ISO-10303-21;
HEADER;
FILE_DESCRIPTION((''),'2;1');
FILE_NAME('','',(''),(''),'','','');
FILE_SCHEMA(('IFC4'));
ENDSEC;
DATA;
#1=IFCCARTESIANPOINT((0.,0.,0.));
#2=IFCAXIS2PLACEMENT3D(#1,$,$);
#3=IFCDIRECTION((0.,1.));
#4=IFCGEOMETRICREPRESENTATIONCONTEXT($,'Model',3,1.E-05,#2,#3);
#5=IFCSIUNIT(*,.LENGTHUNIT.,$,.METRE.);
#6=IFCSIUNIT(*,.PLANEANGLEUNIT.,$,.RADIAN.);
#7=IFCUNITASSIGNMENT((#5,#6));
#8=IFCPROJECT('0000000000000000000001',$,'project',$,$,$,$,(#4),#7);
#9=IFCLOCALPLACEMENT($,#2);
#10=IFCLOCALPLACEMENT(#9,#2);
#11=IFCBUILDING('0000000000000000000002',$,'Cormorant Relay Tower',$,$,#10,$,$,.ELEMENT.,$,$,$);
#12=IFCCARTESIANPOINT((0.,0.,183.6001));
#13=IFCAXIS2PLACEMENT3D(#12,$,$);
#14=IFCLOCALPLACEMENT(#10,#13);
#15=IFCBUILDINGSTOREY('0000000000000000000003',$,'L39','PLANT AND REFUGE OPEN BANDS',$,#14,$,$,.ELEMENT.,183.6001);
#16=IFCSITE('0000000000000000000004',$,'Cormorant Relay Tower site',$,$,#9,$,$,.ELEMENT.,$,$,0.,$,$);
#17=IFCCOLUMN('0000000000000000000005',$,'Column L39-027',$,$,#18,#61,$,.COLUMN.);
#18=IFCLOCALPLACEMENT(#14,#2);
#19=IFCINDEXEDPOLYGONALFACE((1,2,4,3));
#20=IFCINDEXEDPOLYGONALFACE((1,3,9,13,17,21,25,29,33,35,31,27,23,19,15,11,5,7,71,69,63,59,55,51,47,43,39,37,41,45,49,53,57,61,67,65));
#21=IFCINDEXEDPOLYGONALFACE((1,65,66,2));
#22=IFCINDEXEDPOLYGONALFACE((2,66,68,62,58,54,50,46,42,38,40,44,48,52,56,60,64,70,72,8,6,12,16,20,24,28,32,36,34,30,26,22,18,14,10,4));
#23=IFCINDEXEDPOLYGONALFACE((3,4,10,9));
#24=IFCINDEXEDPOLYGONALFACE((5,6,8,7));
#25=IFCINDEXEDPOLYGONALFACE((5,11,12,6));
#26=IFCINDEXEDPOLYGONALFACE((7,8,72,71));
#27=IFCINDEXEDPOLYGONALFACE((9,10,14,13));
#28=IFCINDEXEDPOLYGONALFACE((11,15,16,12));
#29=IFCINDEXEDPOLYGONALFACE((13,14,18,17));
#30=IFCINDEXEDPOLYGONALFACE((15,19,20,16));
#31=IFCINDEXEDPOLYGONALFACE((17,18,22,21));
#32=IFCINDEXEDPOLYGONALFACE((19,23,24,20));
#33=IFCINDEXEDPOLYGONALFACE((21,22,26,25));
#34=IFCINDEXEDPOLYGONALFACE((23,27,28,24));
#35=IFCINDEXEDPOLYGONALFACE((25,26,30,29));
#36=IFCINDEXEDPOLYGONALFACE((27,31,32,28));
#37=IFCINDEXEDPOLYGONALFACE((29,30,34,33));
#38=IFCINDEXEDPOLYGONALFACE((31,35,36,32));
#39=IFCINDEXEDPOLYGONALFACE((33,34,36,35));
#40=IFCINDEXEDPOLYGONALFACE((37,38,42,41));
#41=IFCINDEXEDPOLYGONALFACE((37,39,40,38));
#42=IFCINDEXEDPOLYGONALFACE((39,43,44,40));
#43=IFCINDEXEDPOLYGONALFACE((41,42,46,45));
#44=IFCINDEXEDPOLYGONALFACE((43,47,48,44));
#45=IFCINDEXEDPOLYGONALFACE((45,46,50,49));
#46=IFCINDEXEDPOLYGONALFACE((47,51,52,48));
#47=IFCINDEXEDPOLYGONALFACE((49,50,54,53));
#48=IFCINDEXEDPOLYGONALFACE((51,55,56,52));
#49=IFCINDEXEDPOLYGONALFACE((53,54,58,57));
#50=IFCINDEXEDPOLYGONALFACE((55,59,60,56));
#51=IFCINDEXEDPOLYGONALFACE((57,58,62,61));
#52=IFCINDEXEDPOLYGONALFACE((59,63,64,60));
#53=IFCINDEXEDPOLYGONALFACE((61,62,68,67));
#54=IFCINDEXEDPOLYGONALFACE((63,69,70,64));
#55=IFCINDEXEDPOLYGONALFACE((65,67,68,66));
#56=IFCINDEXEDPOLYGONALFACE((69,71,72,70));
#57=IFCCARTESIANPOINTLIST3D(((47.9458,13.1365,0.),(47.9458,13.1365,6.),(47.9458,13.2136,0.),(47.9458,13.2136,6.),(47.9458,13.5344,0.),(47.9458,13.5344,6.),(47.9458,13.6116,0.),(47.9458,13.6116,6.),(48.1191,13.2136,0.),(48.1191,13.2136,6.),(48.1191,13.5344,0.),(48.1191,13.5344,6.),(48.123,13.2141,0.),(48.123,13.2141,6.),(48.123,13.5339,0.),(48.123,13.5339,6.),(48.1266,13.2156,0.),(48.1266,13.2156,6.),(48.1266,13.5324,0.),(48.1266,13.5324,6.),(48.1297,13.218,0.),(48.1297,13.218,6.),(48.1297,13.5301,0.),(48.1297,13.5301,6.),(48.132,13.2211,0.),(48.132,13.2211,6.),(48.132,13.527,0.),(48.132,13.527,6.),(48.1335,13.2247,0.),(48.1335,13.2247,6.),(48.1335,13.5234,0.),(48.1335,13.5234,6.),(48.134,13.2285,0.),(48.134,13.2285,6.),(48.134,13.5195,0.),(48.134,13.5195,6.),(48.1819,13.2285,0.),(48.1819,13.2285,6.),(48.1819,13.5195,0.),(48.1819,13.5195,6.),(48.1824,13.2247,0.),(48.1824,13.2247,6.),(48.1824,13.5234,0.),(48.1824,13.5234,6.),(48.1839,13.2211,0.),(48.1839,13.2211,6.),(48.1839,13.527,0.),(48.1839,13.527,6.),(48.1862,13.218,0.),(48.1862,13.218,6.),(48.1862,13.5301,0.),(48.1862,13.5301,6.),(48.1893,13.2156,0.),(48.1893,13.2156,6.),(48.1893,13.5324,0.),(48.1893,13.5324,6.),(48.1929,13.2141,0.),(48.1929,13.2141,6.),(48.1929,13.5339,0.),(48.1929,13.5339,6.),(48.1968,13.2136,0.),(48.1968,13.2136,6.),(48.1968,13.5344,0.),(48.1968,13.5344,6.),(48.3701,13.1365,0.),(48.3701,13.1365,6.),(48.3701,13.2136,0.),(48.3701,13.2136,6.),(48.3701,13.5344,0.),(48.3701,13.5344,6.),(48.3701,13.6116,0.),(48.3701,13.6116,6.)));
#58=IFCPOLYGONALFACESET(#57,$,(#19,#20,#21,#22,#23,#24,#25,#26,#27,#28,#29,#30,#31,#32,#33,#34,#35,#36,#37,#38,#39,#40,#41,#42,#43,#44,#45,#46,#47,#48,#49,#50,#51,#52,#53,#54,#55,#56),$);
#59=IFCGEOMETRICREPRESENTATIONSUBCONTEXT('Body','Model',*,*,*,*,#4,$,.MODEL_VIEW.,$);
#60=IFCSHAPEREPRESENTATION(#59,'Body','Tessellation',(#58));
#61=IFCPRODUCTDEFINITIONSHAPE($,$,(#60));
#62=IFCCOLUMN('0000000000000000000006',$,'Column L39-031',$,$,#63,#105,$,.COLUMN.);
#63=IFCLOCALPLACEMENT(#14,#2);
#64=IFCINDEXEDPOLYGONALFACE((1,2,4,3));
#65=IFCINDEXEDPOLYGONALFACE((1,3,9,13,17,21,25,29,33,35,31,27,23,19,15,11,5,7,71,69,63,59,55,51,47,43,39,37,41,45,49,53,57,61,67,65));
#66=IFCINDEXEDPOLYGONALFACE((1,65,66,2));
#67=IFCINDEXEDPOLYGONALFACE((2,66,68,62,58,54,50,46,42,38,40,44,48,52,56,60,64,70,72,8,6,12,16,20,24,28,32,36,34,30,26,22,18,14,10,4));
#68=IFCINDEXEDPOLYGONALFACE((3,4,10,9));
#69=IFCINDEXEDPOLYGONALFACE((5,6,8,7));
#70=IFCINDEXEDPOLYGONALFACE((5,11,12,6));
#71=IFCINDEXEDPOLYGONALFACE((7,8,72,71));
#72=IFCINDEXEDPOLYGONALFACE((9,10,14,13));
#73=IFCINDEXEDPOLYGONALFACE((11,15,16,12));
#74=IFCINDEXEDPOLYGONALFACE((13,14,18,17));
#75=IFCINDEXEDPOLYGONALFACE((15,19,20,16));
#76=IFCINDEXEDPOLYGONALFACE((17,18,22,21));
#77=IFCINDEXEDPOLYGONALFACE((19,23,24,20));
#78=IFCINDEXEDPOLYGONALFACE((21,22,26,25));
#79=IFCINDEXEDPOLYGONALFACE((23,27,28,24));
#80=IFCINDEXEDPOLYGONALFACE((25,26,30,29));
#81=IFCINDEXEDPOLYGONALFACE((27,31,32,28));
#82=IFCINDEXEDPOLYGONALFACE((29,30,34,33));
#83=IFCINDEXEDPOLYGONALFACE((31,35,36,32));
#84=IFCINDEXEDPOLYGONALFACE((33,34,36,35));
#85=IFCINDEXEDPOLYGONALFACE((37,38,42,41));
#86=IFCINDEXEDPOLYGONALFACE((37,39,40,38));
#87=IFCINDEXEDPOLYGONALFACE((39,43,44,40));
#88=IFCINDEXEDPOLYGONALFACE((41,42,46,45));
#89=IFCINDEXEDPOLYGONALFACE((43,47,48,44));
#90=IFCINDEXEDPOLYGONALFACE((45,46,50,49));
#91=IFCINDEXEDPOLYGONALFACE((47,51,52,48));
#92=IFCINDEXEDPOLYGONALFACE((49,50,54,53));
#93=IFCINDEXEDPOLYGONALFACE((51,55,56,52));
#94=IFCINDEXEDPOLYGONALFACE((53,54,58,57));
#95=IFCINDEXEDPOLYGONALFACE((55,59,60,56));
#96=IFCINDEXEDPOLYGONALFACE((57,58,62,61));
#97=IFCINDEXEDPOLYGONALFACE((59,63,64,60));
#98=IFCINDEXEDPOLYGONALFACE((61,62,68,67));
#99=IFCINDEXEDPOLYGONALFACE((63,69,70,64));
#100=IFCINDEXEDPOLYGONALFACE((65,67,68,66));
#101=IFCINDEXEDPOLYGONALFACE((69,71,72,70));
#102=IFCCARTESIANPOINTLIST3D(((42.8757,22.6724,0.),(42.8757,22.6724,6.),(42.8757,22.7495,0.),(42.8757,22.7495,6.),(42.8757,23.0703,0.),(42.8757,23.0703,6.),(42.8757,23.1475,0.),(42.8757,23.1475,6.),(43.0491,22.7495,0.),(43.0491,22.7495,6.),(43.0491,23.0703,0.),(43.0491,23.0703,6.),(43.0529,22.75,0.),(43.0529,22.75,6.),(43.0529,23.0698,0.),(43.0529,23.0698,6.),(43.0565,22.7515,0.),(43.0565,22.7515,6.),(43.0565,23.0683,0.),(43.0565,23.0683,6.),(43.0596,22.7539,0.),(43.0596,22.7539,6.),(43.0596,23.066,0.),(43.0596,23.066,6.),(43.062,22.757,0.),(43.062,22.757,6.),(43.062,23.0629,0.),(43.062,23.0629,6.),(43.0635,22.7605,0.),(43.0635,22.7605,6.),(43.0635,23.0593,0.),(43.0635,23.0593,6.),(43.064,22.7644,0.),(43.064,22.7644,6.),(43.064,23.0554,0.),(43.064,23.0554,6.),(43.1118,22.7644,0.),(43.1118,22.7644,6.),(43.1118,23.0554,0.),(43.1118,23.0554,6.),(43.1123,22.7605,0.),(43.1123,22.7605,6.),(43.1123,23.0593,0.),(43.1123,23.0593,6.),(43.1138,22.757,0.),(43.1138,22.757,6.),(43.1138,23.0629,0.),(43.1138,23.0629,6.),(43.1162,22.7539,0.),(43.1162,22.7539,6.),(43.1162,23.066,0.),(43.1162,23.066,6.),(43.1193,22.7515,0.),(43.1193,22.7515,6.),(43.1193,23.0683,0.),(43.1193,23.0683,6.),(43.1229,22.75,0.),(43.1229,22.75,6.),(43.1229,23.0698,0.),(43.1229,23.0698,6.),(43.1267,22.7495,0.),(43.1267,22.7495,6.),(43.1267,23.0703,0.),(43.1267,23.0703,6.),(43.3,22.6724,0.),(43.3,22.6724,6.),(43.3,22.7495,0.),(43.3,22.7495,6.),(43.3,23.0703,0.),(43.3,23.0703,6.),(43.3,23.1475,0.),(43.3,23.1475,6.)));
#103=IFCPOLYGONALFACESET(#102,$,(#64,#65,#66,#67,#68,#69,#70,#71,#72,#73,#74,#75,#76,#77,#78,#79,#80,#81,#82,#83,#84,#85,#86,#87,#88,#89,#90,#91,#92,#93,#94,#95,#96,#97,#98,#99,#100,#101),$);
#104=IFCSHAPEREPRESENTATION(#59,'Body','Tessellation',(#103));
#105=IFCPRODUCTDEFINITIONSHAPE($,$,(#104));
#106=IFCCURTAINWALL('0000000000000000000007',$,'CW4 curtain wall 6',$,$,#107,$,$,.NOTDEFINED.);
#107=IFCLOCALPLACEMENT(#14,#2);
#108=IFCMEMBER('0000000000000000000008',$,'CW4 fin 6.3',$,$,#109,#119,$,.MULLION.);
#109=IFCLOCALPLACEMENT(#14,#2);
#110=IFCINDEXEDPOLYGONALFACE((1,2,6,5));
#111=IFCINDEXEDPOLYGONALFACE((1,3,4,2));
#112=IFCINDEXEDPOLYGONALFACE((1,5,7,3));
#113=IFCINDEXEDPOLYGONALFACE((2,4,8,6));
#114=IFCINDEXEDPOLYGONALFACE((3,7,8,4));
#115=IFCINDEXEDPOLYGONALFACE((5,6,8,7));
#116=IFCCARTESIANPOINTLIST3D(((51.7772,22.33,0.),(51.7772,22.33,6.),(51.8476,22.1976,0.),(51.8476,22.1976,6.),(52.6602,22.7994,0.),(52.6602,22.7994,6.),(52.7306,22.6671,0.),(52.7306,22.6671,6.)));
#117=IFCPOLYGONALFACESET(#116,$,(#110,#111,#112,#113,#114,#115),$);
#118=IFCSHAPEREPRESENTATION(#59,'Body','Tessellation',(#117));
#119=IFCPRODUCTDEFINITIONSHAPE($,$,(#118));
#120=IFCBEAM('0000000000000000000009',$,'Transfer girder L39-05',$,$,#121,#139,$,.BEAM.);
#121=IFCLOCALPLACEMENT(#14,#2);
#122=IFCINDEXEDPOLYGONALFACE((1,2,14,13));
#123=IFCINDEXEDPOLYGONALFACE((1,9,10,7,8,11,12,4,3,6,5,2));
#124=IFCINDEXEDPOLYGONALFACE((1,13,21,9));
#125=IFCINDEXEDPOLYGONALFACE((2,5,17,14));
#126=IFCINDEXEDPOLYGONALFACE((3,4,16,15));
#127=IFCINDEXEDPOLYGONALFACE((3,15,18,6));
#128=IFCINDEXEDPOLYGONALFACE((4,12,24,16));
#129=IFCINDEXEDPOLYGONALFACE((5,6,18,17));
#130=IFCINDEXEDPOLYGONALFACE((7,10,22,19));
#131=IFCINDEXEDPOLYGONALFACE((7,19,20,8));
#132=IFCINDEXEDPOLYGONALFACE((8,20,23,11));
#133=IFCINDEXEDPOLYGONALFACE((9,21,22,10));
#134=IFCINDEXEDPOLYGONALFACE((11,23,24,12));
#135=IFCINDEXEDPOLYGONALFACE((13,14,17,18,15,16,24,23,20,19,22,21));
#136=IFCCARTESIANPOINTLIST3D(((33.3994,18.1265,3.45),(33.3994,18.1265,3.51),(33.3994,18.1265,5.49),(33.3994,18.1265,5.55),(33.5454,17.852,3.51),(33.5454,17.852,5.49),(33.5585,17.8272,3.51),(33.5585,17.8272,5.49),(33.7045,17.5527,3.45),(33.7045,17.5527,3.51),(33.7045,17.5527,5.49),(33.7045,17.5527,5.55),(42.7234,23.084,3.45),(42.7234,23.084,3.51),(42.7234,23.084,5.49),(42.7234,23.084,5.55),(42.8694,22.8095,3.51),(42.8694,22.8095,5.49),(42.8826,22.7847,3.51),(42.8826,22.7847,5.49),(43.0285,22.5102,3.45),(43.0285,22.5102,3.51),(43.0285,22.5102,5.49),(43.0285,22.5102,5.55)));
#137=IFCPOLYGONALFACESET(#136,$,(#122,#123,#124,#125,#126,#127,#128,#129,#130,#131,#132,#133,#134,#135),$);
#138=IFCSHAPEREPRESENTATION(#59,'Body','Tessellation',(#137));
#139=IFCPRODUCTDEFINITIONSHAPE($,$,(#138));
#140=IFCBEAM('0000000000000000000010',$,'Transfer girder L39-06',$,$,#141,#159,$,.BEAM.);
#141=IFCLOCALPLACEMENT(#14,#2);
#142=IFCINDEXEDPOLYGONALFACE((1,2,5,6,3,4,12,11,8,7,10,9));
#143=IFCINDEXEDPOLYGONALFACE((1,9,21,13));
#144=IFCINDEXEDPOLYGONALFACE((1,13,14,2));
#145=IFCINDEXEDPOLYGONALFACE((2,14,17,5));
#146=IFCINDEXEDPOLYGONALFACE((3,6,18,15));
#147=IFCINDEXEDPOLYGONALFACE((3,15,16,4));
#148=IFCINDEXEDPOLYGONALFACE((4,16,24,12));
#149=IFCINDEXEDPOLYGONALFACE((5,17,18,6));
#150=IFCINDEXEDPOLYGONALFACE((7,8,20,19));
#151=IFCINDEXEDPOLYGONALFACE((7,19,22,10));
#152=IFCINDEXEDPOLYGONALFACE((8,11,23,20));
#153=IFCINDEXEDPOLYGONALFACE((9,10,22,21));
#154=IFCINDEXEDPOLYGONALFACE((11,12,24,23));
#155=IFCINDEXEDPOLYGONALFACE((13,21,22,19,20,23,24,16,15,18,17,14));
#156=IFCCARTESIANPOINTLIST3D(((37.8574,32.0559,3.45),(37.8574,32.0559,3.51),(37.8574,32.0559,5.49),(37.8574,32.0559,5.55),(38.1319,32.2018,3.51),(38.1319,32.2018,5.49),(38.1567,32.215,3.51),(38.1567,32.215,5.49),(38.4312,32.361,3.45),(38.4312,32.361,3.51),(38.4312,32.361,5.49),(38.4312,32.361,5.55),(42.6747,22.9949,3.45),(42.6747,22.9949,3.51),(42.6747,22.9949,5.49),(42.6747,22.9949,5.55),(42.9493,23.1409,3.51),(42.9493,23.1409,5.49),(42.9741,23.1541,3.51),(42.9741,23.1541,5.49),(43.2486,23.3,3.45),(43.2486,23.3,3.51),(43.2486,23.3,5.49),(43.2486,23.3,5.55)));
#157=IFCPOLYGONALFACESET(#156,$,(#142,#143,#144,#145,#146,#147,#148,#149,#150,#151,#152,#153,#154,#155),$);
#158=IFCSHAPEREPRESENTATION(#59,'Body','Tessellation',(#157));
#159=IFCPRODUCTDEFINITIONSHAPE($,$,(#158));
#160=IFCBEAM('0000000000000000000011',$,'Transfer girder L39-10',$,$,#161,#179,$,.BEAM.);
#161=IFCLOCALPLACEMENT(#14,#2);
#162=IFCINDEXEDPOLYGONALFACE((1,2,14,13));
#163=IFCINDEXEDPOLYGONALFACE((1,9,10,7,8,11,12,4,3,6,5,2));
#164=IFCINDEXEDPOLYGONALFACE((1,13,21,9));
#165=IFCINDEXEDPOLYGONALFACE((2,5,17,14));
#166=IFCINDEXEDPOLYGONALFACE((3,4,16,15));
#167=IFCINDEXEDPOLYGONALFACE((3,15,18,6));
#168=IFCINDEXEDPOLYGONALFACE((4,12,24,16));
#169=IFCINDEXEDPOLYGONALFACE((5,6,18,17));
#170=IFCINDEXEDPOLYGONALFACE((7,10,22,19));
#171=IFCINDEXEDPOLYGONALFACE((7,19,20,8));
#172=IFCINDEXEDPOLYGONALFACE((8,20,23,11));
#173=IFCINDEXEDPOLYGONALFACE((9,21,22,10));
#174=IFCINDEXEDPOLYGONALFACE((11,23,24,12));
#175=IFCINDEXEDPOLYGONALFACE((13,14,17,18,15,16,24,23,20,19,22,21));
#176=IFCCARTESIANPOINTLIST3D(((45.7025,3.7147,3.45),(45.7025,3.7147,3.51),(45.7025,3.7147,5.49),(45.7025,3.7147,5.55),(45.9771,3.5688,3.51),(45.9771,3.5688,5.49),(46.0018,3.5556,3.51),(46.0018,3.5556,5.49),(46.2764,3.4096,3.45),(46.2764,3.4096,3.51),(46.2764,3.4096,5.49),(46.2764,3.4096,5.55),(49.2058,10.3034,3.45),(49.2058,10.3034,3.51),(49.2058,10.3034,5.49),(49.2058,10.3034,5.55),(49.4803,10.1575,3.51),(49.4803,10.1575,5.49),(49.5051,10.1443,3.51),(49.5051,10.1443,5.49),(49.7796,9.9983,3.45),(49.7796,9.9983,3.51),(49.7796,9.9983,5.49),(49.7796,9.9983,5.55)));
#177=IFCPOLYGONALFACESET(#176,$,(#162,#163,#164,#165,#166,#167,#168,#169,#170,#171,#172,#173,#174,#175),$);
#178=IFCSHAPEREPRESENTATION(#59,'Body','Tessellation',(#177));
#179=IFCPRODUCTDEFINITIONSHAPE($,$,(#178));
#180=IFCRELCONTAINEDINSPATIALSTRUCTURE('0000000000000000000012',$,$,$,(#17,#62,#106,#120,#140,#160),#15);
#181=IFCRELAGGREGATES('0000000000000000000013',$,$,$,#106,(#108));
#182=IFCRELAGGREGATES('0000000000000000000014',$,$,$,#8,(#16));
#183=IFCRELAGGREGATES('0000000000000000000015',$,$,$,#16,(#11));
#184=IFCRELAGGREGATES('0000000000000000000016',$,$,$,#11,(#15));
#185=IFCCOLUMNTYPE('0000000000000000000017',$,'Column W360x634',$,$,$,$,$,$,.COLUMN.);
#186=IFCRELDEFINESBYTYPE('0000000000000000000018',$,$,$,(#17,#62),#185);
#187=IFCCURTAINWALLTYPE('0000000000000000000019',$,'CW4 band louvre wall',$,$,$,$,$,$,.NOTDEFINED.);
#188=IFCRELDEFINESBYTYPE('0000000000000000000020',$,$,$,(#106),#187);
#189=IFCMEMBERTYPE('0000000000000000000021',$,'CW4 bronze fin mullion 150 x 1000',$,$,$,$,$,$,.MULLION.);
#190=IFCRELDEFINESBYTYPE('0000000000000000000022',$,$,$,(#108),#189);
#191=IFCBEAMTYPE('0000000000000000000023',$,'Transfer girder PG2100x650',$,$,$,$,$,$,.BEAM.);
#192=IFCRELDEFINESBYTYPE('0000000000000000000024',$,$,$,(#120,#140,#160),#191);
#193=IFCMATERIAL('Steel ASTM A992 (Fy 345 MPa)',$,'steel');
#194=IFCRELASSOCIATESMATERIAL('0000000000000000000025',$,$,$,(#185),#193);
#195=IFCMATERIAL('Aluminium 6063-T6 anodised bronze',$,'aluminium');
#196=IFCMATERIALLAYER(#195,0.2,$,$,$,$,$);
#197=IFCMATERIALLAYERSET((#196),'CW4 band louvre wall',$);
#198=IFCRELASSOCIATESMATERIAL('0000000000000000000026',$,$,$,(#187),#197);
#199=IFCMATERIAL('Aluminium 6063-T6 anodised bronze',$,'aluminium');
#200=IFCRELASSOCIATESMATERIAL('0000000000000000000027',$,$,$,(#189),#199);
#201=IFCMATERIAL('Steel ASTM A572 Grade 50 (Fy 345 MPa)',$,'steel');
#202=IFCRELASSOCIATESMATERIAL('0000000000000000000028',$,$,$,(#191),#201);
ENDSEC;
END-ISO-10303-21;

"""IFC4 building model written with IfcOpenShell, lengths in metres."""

from ifc_helpers import new_model, si_unit, direction, frame, origin, origin_2d, place, context, subcontext, project, spatial, rectangle, i_section, extrude, material, layer, layer_set, material_profile, profile_set, type_object, element, aggregate, save


model = new_model("IFC4")

# Units and contexts
model_context = context("Model", 3, precision=1e-05, world=origin(), true_north=direction((0.0, 1.0)))
body_context = subcontext(model_context, "Body", "Model", "MODEL_VIEW")
ifc_project = project(units=[si_unit("LENGTHUNIT", "METRE"), si_unit("PLANEANGLEUNIT", "RADIAN")], contexts=[model_context])

# Site, building, storey
site_placement = place(None, origin())
site = spatial("IfcSite", under=ifc_project, at=site_placement, Name="Cormorant Relay Tower site", CompositionType="ELEMENT", RefElevation=0.0)
building_placement = place(site_placement, origin())
building = spatial("IfcBuilding", under=site, at=building_placement, Name="Cormorant Relay Tower", CompositionType="ELEMENT")
storey_placement = place(building_placement, frame((0.0, 0.0, 183.6001)))
storey = spatial("IfcBuildingStorey", under=building, at=storey_placement, Name="L39", Description="PLANT AND REFUGE OPEN BANDS", CompositionType="ELEMENT", Elevation=183.6001)

# Columns
ifc_material_1 = material(Name="Steel ASTM A992 (Fy 345 MPa)", Category="steel")
ifc_material_profile_1 = material_profile(ifc_material_1, i_section(OverallWidth=0.4243, OverallDepth=0.4751, WebThickness=0.0479, FlangeThickness=0.0771, FilletRadius=0.0149, at=origin_2d()), Name="W360x634")
ifc_profile_set_1 = profile_set([ifc_material_profile_1], Name="Steel ASTM A992 (Fy 345 MPa)")
column_type = type_object("IfcColumnType", Name="Column W360x634", PredefinedType="COLUMN", material=ifc_profile_set_1)
for number, where, z_axis, x_axis, name in (
    (1, (48.158, 13.374, 0.0), (0.0, 0.0, 1.0), (1.0, 0.0, 0.0), "Column L39-027"),
    (2, (43.0879, 22.9099, 0.0), (0.0, 0.0, 1.0), (1.0, 0.0, 0.0), "Column L39-031"),
):
    element("IfcColumn", number, at=place(storey_placement, frame(where, z_axis=z_axis, x_axis=x_axis)), inside=storey, type_object=column_type, Name=name, PredefinedType="COLUMN", context=body_context, shape_type="SweptSolid", body=[
        extrude(i_section(OverallWidth=0.4243, OverallDepth=0.4751, WebThickness=0.0479, FlangeThickness=0.0771, FilletRadius=0.0149, at=origin_2d()), origin(), (0.0, 0.0, 1.0), 6.0),
    ])

# Curtain wall, member
ifc_material_2 = material(Name="Aluminium 6063-T6 anodised bronze", Category="aluminium")
ifc_layer_1 = layer(ifc_material_2, 0.2)
ifc_layer_set_1 = layer_set([ifc_layer_1], Name="CW4 band louvre wall")
curtain_wall_type = type_object("IfcCurtainWallType", Name="CW4 band louvre wall", PredefinedType="NOTDEFINED", material=ifc_layer_set_1)
curtain_wall_placement = place(storey_placement, origin())
curtain_wall = element("IfcCurtainWall", 3, at=curtain_wall_placement, inside=storey, type_object=curtain_wall_type, Name="CW4 curtain wall 6", PredefinedType="NOTDEFINED")
ifc_material_3 = material(Name="Aluminium 6063-T6 anodised bronze", Category="aluminium")
ifc_material_profile_2 = material_profile(ifc_material_3, rectangle(XDim=0.1499, YDim=1.0, at=origin_2d()), Name="AL 150x1000")
ifc_profile_set_2 = profile_set([ifc_material_profile_2], Name="Aluminium 6063-T6 anodised bronze")
member_type = type_object("IfcMemberType", Name="CW4 bronze fin mullion 150 x 1000", PredefinedType="MULLION", material=ifc_profile_set_2)
member_placement = place(storey_placement, frame((52.2539, 22.4985, 0.0), z_axis=(0.0, 0.0, 1.0), x_axis=(-0.469472, 0.882948, 0.0)))
member = element("IfcMember", 4, at=member_placement, type_object=member_type, Name="CW4 fin 6.3", PredefinedType="MULLION", context=body_context, shape_type="SweptSolid", body=[
    extrude(rectangle(XDim=0.1499, YDim=1.0, at=origin_2d()), origin(), (0.0, 0.0, 1.0), 6.0),
])

# Beams
ifc_material_4 = material(Name="Steel ASTM A572 Grade 50 (Fy 345 MPa)", Category="steel")
ifc_material_profile_3 = material_profile(ifc_material_4, i_section(OverallWidth=0.6499, OverallDepth=2.1001, WebThickness=0.0281, FlangeThickness=0.0601, at=origin_2d()), Name="PG2100x650")
ifc_profile_set_3 = profile_set([ifc_material_profile_3], Name="Steel ASTM A572 Grade 50 (Fy 345 MPa)")
beam_type = type_object("IfcBeamType", Name="Transfer girder PG2100x650", PredefinedType="BEAM", material=ifc_profile_set_3)
beam_1_placement = place(storey_placement, frame((42.876, 22.7971, 4.5), z_axis=(-0.882953, -0.469462, 0.0), x_axis=(0.469462, -0.882953, 0.0)))
element("IfcBeam", 5, at=beam_1_placement, inside=storey, type_object=beam_type, Name="Transfer girder L39-05", PredefinedType="BEAM", context=body_context, shape_type="SweptSolid", body=[
    extrude(i_section(OverallWidth=0.6499, OverallDepth=2.1001, WebThickness=0.0281, FlangeThickness=0.0601, at=origin_2d()), origin(), (0.0, 0.0, 1.0), 10.5601),
])
beam_2_placement = place(storey_placement, frame((42.9617, 23.1475, 4.5), z_axis=(-0.469437, 0.882966, 0.0), x_axis=(-0.882966, -0.469437, 0.0)))
element("IfcBeam", 6, at=beam_2_placement, inside=storey, type_object=beam_type, Name="Transfer girder L39-06", PredefinedType="BEAM", context=body_context, shape_type="SweptSolid", body=[
    extrude(i_section(OverallWidth=0.6499, OverallDepth=2.1001, WebThickness=0.0281, FlangeThickness=0.0601, at=origin_2d()), origin(), (0.0, 0.0, 1.0), 10.262),
])
beam_3_placement = place(storey_placement, frame((49.4927, 10.1509, 4.5), z_axis=(-0.469465, -0.882951, 0.0), x_axis=(0.882951, -0.469465, 0.0)))
element("IfcBeam", 7, at=beam_3_placement, inside=storey, type_object=beam_type, Name="Transfer girder L39-10", PredefinedType="BEAM", context=body_context, shape_type="SweptSolid", body=[
    extrude(i_section(OverallWidth=0.6499, OverallDepth=2.1001, WebThickness=0.0281, FlangeThickness=0.0601, at=origin_2d()), origin(), (0.0, 0.0, 1.0), 7.4622),
])

aggregate(curtain_wall, [member])

save(model, "model.ifc")
